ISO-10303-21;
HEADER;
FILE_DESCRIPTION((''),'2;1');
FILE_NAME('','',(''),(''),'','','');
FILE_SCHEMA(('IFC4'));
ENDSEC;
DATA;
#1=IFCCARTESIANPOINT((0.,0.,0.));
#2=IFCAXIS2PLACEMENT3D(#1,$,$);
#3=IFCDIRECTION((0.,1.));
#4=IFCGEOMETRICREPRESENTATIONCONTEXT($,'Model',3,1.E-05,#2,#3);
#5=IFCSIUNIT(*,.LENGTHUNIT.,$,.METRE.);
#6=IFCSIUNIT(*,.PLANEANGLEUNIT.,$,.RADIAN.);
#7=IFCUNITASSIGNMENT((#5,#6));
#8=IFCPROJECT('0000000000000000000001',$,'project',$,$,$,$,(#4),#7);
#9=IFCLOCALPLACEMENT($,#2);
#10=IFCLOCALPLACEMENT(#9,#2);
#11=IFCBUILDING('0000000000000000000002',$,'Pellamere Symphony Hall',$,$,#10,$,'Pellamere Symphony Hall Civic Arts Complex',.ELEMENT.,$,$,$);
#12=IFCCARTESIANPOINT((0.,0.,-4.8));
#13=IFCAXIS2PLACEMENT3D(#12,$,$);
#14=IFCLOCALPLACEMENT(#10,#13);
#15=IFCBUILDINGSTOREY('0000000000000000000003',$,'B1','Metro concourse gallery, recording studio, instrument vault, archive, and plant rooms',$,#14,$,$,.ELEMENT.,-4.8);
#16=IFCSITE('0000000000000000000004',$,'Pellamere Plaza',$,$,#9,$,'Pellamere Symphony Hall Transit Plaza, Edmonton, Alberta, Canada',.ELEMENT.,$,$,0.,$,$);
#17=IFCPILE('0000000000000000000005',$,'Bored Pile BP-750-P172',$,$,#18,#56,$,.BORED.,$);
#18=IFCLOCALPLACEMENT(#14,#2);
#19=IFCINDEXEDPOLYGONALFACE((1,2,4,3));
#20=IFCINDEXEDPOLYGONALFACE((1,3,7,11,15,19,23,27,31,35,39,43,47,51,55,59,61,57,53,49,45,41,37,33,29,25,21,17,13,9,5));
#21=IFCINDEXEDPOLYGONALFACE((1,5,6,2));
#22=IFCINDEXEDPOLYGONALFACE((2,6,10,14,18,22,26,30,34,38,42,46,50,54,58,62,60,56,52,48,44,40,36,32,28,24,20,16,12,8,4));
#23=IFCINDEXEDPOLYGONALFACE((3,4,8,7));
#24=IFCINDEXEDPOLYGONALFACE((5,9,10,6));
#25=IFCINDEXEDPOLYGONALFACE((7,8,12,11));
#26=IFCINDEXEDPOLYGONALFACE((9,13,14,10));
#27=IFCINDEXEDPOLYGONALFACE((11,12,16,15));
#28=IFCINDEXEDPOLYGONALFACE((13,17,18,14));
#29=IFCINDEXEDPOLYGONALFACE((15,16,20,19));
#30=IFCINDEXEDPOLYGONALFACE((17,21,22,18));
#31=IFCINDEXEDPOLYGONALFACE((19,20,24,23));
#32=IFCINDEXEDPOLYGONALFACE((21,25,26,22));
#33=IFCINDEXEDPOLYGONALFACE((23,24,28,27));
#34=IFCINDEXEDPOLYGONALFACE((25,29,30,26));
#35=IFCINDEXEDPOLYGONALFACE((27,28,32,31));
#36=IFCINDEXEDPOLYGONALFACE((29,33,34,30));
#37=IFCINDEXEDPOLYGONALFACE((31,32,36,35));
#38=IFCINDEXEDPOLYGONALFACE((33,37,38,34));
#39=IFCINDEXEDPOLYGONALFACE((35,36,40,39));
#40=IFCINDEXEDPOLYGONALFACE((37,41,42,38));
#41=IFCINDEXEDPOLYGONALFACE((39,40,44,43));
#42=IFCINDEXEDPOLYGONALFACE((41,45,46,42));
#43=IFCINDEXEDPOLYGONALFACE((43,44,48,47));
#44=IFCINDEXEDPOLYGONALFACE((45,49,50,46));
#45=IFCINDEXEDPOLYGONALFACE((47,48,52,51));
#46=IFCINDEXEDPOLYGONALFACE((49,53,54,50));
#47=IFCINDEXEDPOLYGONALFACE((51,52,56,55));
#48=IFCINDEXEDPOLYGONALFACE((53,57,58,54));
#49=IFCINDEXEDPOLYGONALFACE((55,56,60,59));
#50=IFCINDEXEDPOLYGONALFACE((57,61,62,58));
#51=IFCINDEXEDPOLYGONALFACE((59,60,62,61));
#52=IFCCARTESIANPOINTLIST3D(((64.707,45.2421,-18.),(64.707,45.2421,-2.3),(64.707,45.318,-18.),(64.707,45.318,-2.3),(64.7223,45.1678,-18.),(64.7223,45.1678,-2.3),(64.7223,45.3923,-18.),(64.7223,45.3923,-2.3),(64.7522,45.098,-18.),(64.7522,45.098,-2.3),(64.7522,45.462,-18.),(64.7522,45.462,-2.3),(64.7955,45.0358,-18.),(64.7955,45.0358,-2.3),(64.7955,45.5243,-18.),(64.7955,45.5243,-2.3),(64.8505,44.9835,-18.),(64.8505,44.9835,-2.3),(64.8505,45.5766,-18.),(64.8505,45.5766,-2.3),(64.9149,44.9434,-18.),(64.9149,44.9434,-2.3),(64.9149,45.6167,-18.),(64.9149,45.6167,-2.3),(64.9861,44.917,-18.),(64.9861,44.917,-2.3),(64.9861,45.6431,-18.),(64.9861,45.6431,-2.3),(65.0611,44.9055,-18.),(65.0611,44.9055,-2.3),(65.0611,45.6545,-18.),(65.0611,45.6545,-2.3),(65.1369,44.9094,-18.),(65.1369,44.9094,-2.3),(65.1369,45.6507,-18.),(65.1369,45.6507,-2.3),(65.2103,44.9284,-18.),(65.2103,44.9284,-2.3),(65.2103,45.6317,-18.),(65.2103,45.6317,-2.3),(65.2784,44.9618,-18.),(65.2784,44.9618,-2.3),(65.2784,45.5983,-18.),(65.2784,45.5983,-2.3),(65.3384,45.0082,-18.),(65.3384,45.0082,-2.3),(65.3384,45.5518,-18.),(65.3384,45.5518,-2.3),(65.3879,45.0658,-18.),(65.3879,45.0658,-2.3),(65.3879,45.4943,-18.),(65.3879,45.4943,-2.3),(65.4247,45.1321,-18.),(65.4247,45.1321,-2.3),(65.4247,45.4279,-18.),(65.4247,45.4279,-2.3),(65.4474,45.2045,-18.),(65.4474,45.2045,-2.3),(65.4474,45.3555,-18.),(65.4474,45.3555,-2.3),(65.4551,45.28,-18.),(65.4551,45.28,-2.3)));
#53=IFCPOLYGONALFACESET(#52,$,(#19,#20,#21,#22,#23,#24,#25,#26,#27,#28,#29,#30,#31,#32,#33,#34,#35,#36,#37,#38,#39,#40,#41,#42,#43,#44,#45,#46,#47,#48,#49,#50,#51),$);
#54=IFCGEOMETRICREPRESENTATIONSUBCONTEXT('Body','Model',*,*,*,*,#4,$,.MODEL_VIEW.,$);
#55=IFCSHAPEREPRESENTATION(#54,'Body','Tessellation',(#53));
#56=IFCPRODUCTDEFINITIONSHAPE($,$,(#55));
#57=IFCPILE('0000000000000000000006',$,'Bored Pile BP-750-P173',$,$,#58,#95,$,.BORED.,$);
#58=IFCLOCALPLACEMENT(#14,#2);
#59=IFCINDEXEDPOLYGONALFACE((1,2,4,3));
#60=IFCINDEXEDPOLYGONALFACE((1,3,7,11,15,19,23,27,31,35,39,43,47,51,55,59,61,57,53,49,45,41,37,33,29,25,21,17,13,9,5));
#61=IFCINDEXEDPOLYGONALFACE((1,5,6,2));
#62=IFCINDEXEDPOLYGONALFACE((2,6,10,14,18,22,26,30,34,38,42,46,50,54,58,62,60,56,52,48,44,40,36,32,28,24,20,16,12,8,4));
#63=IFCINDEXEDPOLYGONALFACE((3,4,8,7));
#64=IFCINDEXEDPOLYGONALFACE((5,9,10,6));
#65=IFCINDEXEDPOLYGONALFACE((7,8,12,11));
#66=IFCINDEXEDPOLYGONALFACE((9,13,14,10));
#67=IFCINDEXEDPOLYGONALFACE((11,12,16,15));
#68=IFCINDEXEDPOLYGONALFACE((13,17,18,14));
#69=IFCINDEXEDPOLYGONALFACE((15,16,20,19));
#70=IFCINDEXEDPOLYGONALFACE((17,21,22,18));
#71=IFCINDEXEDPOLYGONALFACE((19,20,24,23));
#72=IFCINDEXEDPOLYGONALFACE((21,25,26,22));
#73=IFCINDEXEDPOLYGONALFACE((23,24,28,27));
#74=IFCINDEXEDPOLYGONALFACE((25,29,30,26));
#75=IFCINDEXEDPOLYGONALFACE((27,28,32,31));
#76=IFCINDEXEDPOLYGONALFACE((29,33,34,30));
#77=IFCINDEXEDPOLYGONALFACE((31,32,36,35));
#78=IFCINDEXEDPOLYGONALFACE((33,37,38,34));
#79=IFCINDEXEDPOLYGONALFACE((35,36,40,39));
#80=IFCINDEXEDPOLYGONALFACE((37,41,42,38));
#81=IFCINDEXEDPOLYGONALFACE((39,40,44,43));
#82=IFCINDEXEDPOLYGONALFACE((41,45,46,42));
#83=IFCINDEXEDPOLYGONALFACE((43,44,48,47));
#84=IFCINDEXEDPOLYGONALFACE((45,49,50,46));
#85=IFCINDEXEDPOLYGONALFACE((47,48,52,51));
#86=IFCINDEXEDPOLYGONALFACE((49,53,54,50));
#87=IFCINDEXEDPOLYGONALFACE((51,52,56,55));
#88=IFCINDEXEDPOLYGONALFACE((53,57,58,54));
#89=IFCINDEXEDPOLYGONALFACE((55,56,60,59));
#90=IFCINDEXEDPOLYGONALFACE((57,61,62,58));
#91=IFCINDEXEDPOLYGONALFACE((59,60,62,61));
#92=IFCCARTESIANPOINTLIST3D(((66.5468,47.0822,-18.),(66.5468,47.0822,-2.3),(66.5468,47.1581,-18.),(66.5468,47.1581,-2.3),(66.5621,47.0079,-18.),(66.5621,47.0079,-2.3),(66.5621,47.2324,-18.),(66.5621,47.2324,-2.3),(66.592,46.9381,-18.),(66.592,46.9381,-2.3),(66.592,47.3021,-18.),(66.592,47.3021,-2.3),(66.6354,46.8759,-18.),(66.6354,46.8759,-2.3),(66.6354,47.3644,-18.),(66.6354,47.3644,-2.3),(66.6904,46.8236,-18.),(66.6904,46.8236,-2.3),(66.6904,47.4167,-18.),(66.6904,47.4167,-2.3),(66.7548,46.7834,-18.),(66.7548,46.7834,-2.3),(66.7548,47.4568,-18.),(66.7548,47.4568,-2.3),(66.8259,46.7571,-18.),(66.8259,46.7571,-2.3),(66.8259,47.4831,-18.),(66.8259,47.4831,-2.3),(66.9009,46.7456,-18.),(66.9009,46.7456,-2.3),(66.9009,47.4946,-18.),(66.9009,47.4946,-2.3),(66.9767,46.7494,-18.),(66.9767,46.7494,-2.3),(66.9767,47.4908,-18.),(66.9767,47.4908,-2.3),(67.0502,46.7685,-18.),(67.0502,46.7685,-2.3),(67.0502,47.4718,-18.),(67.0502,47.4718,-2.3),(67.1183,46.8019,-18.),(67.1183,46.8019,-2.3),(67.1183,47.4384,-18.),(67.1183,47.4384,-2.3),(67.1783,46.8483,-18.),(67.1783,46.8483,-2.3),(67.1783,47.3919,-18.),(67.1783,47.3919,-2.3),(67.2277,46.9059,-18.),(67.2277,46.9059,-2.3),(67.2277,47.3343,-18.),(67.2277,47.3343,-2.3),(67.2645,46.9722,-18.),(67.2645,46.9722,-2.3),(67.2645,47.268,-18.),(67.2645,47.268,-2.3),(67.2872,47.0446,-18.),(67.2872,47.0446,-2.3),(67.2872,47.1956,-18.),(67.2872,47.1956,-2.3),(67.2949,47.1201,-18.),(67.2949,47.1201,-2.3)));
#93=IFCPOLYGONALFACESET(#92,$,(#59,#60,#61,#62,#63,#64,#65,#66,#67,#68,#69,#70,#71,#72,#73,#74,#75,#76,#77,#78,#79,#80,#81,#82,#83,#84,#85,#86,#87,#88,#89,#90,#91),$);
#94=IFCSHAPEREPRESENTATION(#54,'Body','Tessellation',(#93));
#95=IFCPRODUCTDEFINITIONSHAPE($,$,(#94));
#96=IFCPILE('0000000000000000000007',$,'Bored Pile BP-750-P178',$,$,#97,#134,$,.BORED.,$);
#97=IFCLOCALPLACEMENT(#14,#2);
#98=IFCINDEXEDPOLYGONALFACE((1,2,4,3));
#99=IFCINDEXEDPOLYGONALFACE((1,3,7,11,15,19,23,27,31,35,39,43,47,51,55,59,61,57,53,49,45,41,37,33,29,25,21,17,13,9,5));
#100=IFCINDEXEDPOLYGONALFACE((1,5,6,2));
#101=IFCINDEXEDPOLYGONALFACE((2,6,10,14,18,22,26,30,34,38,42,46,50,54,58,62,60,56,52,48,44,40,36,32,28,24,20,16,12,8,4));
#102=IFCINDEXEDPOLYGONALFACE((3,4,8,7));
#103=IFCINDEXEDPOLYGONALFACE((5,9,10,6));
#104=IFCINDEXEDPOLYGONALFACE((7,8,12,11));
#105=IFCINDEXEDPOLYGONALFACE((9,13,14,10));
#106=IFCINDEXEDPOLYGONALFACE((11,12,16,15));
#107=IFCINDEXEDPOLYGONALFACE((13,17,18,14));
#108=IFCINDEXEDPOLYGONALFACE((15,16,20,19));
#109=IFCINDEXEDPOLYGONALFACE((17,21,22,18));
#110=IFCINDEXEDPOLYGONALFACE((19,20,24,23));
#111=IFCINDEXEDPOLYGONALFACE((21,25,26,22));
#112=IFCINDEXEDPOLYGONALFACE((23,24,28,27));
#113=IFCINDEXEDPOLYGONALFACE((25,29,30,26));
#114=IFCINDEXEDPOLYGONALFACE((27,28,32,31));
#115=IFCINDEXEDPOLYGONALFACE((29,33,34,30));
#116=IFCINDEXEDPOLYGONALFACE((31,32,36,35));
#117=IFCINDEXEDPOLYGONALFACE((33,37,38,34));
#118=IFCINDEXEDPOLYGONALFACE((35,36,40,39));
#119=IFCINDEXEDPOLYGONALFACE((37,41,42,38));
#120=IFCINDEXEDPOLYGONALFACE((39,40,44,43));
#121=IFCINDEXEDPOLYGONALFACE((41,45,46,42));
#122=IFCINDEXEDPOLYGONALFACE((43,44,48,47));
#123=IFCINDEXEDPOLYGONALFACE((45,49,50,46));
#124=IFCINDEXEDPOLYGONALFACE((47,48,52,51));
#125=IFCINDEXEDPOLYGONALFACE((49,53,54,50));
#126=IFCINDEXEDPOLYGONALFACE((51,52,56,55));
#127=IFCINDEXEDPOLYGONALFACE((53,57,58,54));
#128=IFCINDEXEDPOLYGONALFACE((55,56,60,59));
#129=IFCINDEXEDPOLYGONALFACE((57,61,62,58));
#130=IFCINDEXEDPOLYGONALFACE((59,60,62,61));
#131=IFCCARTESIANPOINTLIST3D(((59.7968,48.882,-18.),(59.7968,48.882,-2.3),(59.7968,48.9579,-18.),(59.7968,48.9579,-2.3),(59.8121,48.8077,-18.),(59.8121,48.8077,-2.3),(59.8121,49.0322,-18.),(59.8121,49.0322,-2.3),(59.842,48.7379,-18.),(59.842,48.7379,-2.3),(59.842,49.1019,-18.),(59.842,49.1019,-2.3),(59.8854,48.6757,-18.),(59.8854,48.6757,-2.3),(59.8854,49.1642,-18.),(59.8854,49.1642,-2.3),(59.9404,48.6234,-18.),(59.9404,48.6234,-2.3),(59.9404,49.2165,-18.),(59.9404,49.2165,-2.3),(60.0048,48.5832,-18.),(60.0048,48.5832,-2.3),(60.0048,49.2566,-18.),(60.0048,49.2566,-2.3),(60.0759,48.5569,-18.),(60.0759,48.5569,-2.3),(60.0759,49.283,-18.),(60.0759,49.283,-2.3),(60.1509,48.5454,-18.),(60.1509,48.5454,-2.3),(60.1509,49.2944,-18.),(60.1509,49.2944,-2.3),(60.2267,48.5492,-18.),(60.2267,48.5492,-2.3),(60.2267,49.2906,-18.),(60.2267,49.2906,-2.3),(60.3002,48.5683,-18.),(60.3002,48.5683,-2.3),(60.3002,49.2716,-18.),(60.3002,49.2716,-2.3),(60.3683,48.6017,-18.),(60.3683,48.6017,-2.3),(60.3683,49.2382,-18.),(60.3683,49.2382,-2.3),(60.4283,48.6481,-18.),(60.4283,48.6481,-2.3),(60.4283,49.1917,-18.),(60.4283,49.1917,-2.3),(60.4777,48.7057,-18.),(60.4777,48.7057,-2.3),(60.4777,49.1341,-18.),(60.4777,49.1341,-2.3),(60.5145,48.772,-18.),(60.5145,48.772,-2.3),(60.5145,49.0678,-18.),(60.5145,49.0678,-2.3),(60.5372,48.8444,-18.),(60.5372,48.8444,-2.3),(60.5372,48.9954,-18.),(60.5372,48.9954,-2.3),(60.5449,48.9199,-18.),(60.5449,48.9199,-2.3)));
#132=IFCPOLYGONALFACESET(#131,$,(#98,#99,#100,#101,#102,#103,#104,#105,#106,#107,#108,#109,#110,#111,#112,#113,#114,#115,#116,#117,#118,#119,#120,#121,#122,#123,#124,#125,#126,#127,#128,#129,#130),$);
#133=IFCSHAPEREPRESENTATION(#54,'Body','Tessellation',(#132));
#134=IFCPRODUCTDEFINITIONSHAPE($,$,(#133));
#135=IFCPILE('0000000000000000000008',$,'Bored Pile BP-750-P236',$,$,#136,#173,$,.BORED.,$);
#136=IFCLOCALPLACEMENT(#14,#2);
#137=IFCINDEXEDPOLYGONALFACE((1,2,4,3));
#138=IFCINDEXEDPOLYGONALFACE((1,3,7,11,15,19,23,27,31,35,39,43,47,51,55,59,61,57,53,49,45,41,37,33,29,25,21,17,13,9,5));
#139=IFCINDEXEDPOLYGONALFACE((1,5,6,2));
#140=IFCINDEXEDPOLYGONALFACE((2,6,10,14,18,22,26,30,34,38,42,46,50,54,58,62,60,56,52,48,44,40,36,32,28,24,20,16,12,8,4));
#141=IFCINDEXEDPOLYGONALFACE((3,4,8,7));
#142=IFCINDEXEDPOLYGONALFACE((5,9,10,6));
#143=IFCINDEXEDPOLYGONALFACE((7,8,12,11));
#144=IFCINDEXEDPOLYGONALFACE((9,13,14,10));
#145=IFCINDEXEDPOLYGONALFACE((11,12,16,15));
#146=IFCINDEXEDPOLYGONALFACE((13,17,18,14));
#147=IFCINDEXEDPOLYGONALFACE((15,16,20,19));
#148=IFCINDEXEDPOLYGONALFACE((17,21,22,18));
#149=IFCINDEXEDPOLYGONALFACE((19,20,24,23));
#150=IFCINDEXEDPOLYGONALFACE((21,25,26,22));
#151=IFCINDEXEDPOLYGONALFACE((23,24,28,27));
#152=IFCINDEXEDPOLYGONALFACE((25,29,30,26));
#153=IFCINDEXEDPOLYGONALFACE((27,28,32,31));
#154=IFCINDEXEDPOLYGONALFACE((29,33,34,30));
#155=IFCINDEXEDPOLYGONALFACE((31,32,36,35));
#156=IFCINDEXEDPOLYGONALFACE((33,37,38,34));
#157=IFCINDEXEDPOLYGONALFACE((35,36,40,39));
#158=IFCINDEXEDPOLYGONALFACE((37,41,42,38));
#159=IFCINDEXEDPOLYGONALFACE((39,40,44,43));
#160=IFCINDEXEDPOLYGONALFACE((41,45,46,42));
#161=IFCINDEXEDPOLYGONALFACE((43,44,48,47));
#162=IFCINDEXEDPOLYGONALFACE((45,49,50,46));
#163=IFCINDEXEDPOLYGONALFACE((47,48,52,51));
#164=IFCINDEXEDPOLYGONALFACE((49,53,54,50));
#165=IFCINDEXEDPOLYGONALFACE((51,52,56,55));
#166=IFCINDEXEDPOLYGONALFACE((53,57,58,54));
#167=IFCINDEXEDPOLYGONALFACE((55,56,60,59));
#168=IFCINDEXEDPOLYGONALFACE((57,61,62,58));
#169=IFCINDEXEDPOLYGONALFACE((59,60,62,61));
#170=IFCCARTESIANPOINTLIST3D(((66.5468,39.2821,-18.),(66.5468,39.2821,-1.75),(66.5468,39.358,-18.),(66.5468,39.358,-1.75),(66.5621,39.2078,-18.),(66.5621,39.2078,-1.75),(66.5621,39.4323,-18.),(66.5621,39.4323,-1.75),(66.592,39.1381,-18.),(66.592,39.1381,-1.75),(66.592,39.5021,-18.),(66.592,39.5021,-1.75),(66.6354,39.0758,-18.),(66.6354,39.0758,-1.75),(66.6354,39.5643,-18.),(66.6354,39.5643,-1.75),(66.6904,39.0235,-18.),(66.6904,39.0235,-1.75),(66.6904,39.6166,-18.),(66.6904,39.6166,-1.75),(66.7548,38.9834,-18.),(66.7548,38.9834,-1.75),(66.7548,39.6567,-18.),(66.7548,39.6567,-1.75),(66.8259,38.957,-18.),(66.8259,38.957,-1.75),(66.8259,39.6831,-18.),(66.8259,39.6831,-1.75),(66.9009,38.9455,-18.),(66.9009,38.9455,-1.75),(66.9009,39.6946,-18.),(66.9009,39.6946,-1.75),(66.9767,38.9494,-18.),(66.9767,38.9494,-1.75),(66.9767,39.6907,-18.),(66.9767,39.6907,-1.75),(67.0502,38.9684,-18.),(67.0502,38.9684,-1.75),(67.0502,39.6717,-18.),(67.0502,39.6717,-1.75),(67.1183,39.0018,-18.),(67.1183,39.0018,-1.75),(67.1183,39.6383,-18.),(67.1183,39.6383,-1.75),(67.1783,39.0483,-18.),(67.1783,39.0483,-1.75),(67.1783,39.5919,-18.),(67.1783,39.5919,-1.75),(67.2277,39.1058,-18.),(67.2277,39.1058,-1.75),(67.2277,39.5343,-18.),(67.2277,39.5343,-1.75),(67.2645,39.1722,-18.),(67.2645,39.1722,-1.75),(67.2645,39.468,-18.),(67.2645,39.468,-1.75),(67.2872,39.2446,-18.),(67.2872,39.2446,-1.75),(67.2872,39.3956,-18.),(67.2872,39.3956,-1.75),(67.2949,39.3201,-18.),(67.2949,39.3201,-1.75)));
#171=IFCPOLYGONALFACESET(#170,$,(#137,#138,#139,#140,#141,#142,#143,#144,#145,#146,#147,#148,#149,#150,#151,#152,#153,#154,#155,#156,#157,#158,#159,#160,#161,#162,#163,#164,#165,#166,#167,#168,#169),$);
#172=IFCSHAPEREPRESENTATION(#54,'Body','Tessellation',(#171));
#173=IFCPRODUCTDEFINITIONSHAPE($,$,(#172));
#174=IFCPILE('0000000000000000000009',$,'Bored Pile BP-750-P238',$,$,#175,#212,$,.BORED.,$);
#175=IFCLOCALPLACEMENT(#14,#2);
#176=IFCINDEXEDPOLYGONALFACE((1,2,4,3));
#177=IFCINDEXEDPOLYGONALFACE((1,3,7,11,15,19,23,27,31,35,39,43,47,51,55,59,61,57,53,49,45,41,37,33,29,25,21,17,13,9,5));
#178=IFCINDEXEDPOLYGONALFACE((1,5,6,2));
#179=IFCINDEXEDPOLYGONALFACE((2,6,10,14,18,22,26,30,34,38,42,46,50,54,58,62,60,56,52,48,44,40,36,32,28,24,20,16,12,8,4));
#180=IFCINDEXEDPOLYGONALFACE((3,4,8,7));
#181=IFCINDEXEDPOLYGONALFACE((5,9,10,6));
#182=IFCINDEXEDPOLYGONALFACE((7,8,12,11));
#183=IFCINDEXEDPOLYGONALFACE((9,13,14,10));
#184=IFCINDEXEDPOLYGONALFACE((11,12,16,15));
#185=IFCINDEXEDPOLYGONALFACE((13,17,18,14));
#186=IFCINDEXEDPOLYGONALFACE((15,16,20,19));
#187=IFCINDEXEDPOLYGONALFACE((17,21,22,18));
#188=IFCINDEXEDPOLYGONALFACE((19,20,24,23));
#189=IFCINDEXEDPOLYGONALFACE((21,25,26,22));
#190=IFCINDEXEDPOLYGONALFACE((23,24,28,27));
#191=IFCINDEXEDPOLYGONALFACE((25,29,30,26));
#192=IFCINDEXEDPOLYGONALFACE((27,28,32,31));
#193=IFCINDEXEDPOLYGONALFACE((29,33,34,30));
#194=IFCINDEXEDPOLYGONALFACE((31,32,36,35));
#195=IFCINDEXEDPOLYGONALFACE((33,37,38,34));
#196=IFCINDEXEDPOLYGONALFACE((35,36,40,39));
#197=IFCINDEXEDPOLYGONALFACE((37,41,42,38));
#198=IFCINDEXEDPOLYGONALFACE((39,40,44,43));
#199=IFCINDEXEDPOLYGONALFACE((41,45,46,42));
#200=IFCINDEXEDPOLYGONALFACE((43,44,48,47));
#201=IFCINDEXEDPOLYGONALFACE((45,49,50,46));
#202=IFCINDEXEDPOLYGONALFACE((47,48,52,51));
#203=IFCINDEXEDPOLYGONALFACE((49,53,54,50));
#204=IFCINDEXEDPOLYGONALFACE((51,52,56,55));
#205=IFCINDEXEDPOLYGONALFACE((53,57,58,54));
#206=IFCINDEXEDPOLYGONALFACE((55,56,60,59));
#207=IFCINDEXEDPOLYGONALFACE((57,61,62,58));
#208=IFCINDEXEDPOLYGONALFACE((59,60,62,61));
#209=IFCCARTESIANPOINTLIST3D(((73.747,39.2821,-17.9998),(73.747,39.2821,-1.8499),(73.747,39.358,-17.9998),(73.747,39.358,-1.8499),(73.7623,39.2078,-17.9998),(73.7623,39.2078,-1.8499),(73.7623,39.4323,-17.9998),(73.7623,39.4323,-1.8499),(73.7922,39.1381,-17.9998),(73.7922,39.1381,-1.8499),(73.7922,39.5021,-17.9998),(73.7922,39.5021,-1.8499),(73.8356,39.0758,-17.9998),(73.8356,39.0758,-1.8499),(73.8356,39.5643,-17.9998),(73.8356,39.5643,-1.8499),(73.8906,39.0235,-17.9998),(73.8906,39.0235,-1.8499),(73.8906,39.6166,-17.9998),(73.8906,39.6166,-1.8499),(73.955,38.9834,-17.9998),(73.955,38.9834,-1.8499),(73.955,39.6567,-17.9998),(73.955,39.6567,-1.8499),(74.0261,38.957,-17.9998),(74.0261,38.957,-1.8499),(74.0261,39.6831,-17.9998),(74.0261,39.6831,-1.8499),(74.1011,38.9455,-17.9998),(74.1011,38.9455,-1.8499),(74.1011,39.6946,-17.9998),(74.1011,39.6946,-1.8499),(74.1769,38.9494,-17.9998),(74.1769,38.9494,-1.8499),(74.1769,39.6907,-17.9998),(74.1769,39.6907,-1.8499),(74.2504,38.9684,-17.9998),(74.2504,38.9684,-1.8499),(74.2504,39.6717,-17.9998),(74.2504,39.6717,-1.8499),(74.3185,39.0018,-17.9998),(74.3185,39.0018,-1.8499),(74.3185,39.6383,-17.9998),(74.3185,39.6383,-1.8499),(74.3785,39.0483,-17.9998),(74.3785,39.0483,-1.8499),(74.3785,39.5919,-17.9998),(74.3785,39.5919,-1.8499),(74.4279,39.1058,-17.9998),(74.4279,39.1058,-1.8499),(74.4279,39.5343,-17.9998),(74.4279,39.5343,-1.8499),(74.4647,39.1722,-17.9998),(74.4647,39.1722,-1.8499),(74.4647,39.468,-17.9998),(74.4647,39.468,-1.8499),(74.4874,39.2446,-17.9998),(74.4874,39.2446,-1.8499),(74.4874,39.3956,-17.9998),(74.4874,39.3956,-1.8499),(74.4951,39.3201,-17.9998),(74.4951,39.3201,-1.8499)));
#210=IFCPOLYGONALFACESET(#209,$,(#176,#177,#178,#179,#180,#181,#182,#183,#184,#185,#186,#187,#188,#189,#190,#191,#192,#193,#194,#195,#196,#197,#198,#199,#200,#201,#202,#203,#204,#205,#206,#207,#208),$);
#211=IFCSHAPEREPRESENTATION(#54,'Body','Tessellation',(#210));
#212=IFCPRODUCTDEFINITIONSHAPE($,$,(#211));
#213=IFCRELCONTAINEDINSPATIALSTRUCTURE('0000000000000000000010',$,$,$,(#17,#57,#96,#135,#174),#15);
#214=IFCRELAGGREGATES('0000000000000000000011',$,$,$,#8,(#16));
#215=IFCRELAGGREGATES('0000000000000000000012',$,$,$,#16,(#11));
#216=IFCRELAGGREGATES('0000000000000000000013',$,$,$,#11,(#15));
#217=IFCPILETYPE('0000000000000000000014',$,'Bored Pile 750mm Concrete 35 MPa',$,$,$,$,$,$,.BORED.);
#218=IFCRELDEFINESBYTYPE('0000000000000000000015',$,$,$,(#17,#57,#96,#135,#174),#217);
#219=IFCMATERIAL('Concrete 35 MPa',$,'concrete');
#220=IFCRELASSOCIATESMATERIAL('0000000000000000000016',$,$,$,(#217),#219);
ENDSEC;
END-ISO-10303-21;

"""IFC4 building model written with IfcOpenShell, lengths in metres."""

from ifc_helpers import new_model, si_unit, direction, frame, origin, origin_2d, place, context, subcontext, project, spatial, circle, extrude, material, material_profile, profile_set, type_object, element, save


model = new_model("IFC4")

# Units and contexts
model_context = context("Model", 3, precision=1e-05, world=origin(), true_north=direction((0.0, 1.0)))
body_context = subcontext(model_context, "Body", "Model", "MODEL_VIEW")
ifc_project = project(units=[si_unit("LENGTHUNIT", "METRE"), si_unit("PLANEANGLEUNIT", "RADIAN")], contexts=[model_context])

# Site, building, storey
site_placement = place(None, origin())
site = spatial("IfcSite", under=ifc_project, at=site_placement, Name="Pellamere Plaza", LongName="Pellamere Symphony Hall Transit Plaza, Edmonton, Alberta, Canada", CompositionType="ELEMENT", RefElevation=0.0)
building_placement = place(site_placement, origin())
building = spatial("IfcBuilding", under=site, at=building_placement, Name="Pellamere Symphony Hall", LongName="Pellamere Symphony Hall Civic Arts Complex", CompositionType="ELEMENT")
storey_placement = place(building_placement, frame((0.0, 0.0, -4.8)))
storey = spatial("IfcBuildingStorey", under=building, at=storey_placement, Name="B1", Description="Metro concourse gallery, recording studio, instrument vault, archive, and plant rooms", CompositionType="ELEMENT", Elevation=-4.8)

# Piles
ifc_material_1 = material(Name="Concrete 35 MPa", Category="concrete")
ifc_material_profile_1 = material_profile(ifc_material_1, circle(Radius=0.375, at=origin_2d()), Name="PILE D750")
ifc_profile_set_1 = profile_set([ifc_material_profile_1], Name="Concrete 35 MPa")
pile_type = type_object("IfcPileType", Name="Bored Pile 750mm Concrete 35 MPa", PredefinedType="BORED", material=ifc_profile_set_1)
for number, where, z_axis, x_axis, name in (
    (1, (65.0801, 45.28, -2.3), (0.0, 0.0, -1.0), (1.0, 0.0, 0.0), "Bored Pile BP-750-P172"),
    (2, (66.9199, 47.1201, -2.3), (0.0, 0.0, -1.0), (1.0, 0.0, 0.0), "Bored Pile BP-750-P173"),
    (3, (60.1699, 48.9199, -2.3), (0.0, 0.0, -1.0), (1.0, 0.0, 0.0), "Bored Pile BP-750-P178"),
):
    element("IfcPile", number, at=place(storey_placement, frame(where, z_axis=z_axis, x_axis=x_axis)), inside=storey, type_object=pile_type, Name=name, PredefinedType="BORED", context=body_context, shape_type="SweptSolid", body=[
        extrude(circle(Radius=0.375, at=origin_2d()), origin(), (0.0, 0.0, 1.0), 15.7),
    ])
pile_1_placement = place(storey_placement, frame((66.9199, 39.3201, -1.75), z_axis=(0.0, 0.0, -1.0), x_axis=(1.0, 0.0, 0.0)))
element("IfcPile", 4, at=pile_1_placement, inside=storey, type_object=pile_type, Name="Bored Pile BP-750-P236", PredefinedType="BORED", context=body_context, shape_type="SweptSolid", body=[
    extrude(circle(Radius=0.375, at=origin_2d()), origin(), (0.0, 0.0, 1.0), 16.25),
])
pile_2_placement = place(storey_placement, frame((74.1201, 39.3201, -1.8499), z_axis=(0.0, 0.0, -1.0), x_axis=(1.0, 0.0, 0.0)))
element("IfcPile", 5, at=pile_2_placement, inside=storey, type_object=pile_type, Name="Bored Pile BP-750-P238", PredefinedType="BORED", context=body_context, shape_type="SweptSolid", body=[
    extrude(circle(Radius=0.375, at=origin_2d()), origin(), (0.0, 0.0, 1.0), 16.1499),
])

save(model, "model.ifc")
